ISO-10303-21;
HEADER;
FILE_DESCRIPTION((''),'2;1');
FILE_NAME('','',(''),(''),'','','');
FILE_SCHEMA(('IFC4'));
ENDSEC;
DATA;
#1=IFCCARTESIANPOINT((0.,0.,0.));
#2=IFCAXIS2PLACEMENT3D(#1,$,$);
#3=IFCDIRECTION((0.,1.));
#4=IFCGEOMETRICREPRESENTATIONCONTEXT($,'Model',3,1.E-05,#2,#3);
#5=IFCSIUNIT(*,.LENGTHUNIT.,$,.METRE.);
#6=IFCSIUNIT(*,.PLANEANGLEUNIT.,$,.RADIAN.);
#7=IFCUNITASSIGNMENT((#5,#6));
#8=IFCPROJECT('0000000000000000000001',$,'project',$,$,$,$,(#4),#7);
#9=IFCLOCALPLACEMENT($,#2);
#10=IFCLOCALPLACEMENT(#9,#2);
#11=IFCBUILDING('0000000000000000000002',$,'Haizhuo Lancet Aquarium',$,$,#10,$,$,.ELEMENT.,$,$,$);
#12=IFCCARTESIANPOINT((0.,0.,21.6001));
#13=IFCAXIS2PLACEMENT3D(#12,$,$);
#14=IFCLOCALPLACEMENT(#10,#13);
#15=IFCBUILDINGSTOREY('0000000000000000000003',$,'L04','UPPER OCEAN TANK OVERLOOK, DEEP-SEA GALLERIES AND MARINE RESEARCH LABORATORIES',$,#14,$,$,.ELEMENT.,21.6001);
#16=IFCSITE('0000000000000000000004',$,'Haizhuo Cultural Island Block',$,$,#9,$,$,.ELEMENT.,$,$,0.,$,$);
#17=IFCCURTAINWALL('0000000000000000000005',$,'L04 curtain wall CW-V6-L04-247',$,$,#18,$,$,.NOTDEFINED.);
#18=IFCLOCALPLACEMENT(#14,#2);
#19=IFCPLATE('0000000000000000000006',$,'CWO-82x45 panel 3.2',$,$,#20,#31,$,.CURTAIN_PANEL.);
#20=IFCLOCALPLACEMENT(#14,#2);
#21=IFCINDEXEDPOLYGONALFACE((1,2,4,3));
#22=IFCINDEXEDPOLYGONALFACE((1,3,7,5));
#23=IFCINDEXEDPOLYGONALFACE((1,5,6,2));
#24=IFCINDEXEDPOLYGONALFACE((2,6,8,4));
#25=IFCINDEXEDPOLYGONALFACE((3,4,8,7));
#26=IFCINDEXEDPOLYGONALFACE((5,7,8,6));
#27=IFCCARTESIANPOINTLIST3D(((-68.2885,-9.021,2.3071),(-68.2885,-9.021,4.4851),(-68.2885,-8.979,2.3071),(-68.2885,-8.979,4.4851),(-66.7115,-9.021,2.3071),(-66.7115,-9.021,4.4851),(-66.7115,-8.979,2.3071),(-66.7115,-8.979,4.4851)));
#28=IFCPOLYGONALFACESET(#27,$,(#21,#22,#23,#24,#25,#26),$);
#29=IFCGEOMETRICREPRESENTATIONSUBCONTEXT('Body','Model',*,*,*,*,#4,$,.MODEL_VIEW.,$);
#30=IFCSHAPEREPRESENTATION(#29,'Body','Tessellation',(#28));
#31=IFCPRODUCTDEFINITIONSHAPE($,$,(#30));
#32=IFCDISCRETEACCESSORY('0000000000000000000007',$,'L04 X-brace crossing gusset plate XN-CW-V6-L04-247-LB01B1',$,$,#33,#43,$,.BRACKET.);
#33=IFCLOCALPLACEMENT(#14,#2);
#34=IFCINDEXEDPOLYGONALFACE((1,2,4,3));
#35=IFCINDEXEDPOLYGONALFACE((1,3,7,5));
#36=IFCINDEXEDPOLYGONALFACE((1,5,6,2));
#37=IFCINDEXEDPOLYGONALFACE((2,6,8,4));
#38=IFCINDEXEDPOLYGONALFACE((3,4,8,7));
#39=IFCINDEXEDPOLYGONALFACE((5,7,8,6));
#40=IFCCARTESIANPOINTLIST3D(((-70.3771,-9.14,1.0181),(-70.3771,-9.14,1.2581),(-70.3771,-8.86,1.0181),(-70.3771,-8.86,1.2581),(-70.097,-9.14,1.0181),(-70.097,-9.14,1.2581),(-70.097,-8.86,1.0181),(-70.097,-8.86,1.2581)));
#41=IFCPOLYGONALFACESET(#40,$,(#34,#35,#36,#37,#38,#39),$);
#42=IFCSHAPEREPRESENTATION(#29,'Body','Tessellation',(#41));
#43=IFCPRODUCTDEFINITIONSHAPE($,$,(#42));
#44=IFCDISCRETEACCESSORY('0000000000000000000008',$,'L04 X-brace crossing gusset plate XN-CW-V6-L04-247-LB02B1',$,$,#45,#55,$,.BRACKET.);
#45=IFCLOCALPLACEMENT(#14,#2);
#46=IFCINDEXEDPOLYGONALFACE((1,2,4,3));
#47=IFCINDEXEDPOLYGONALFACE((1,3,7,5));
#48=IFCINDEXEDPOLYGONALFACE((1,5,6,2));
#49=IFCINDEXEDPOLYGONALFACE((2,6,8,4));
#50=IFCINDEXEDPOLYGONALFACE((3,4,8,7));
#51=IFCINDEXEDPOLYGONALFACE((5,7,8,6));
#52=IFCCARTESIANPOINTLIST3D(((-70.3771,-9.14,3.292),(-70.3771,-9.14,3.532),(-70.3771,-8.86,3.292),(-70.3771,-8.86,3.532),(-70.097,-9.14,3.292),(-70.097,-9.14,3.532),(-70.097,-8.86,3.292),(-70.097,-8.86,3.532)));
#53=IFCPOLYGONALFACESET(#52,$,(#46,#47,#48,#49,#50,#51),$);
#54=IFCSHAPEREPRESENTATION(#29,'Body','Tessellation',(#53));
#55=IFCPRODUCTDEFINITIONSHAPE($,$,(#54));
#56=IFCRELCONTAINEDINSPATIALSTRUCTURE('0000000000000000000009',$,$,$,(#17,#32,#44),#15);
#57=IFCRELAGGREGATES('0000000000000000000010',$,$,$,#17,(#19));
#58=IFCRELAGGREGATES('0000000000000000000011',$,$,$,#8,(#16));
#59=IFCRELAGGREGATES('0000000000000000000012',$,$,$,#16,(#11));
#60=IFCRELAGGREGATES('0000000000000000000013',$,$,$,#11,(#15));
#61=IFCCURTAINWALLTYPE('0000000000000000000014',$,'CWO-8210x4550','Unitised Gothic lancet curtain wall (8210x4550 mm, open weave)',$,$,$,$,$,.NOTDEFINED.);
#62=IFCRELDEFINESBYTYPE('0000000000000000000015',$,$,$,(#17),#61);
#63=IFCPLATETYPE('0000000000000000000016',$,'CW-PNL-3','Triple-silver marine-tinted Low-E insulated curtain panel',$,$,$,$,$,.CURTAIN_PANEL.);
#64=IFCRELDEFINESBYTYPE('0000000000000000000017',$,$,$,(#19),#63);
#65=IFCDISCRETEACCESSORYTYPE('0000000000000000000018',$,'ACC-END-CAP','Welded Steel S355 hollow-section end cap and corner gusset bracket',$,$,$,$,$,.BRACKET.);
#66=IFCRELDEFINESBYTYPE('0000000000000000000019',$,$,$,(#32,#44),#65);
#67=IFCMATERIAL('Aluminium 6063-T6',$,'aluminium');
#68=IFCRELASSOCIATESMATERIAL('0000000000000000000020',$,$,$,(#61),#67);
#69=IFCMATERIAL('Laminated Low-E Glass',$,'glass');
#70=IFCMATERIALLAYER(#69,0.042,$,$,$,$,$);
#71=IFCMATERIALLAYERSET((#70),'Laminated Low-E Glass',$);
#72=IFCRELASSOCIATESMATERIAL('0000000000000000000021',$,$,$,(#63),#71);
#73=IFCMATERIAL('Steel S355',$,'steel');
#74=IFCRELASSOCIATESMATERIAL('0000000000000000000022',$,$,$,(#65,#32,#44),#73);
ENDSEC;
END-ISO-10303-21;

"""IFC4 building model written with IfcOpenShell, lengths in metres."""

from ifc_helpers import new_model, si_unit, direction, frame, origin, origin_2d, place, context, subcontext, project, spatial, rectangle, extrude, material, layer, layer_set, type_object, element, aggregate, save


model = new_model("IFC4")

# Units and contexts
model_context = context("Model", 3, precision=1e-05, world=origin(), true_north=direction((0.0, 1.0)))
body_context = subcontext(model_context, "Body", "Model", "MODEL_VIEW")
ifc_project = project(units=[si_unit("LENGTHUNIT", "METRE"), si_unit("PLANEANGLEUNIT", "RADIAN")], contexts=[model_context])

# Site, building, storey
site_placement = place(None, origin())
site = spatial("IfcSite", under=ifc_project, at=site_placement, Name="Haizhuo Cultural Island Block", CompositionType="ELEMENT", RefElevation=0.0)
building_placement = place(site_placement, origin())
building = spatial("IfcBuilding", under=site, at=building_placement, Name="Haizhuo Lancet Aquarium", CompositionType="ELEMENT")
storey_placement = place(building_placement, frame((0.0, 0.0, 21.6001)))
storey = spatial("IfcBuildingStorey", under=building, at=storey_placement, Name="L04", Description="UPPER OCEAN TANK OVERLOOK, DEEP-SEA GALLERIES AND MARINE RESEARCH LABORATORIES", CompositionType="ELEMENT", Elevation=21.6001)

# Curtain wall
ifc_material_1 = material(Name="Aluminium 6063-T6", Category="aluminium")
curtain_wall_type = type_object("IfcCurtainWallType", Name="CWO-8210x4550", Description="Unitised Gothic lancet curtain wall (8210x4550 mm, open weave)", PredefinedType="NOTDEFINED", material=ifc_material_1)
curtain_wall_placement = place(storey_placement, origin())
curtain_wall = element("IfcCurtainWall", 1, at=curtain_wall_placement, inside=storey, type_object=curtain_wall_type, Name="L04 curtain wall CW-V6-L04-247", PredefinedType="NOTDEFINED")

# Shared definitions
ifc_material_2 = material(Name="Steel S355", Category="steel")

# Plate
ifc_material_3 = material(Name="Laminated Low-E Glass", Category="glass")
ifc_layer = layer(ifc_material_3, 0.042)
ifc_layer_set = layer_set([ifc_layer], Name="Laminated Low-E Glass")
plate_type = type_object("IfcPlateType", Name="CW-PNL-3", Description="Triple-silver marine-tinted Low-E insulated curtain panel", PredefinedType="CURTAIN_PANEL", material=ifc_layer_set)
plate_1_placement = place(storey_placement, frame((-67.5, -9.0, 2.3071), z_axis=(0.0, 0.0, 1.0), x_axis=(1.0, 0.0, 0.0)))
plate_1 = element("IfcPlate", 2, at=plate_1_placement, type_object=plate_type, Name="CWO-82x45 panel 3.2", PredefinedType="CURTAIN_PANEL", context=body_context, shape_type="SweptSolid", body=[
    extrude(rectangle(XDim=1.5769, YDim=0.042, at=origin_2d()), origin(), (0.0, 0.0, 1.0), 2.178),
])
aggregate(curtain_wall, [plate_1])

# Discrete accessories
discrete_accessory_type = type_object("IfcDiscreteAccessoryType", Name="ACC-END-CAP", Description="Welded Steel S355 hollow-section end cap and corner gusset bracket", PredefinedType="BRACKET", material=ifc_material_2)
for number, where, z_axis, x_axis, name in (
    (3, (-70.2371, -9.0, 1.0181), (0.0, 0.0, 1.0), (1.0, 0.0, 0.0), "L04 X-brace crossing gusset plate XN-CW-V6-L04-247-LB01B1"),
    (4, (-70.2371, -9.0, 3.292), (0.0, 0.0, 1.0), (1.0, 0.0, 0.0), "L04 X-brace crossing gusset plate XN-CW-V6-L04-247-LB02B1"),
):
    element("IfcDiscreteAccessory", number, at=place(storey_placement, frame(where, z_axis=z_axis, x_axis=x_axis)), inside=storey, type_object=discrete_accessory_type, material=ifc_material_2, Name=name, PredefinedType="BRACKET", context=body_context, shape_type="SweptSolid", body=[
        extrude(rectangle(XDim=0.28, YDim=0.28, at=origin_2d()), origin(), (0.0, 0.0, 1.0), 0.24),
    ])

save(model, "model.ifc")
